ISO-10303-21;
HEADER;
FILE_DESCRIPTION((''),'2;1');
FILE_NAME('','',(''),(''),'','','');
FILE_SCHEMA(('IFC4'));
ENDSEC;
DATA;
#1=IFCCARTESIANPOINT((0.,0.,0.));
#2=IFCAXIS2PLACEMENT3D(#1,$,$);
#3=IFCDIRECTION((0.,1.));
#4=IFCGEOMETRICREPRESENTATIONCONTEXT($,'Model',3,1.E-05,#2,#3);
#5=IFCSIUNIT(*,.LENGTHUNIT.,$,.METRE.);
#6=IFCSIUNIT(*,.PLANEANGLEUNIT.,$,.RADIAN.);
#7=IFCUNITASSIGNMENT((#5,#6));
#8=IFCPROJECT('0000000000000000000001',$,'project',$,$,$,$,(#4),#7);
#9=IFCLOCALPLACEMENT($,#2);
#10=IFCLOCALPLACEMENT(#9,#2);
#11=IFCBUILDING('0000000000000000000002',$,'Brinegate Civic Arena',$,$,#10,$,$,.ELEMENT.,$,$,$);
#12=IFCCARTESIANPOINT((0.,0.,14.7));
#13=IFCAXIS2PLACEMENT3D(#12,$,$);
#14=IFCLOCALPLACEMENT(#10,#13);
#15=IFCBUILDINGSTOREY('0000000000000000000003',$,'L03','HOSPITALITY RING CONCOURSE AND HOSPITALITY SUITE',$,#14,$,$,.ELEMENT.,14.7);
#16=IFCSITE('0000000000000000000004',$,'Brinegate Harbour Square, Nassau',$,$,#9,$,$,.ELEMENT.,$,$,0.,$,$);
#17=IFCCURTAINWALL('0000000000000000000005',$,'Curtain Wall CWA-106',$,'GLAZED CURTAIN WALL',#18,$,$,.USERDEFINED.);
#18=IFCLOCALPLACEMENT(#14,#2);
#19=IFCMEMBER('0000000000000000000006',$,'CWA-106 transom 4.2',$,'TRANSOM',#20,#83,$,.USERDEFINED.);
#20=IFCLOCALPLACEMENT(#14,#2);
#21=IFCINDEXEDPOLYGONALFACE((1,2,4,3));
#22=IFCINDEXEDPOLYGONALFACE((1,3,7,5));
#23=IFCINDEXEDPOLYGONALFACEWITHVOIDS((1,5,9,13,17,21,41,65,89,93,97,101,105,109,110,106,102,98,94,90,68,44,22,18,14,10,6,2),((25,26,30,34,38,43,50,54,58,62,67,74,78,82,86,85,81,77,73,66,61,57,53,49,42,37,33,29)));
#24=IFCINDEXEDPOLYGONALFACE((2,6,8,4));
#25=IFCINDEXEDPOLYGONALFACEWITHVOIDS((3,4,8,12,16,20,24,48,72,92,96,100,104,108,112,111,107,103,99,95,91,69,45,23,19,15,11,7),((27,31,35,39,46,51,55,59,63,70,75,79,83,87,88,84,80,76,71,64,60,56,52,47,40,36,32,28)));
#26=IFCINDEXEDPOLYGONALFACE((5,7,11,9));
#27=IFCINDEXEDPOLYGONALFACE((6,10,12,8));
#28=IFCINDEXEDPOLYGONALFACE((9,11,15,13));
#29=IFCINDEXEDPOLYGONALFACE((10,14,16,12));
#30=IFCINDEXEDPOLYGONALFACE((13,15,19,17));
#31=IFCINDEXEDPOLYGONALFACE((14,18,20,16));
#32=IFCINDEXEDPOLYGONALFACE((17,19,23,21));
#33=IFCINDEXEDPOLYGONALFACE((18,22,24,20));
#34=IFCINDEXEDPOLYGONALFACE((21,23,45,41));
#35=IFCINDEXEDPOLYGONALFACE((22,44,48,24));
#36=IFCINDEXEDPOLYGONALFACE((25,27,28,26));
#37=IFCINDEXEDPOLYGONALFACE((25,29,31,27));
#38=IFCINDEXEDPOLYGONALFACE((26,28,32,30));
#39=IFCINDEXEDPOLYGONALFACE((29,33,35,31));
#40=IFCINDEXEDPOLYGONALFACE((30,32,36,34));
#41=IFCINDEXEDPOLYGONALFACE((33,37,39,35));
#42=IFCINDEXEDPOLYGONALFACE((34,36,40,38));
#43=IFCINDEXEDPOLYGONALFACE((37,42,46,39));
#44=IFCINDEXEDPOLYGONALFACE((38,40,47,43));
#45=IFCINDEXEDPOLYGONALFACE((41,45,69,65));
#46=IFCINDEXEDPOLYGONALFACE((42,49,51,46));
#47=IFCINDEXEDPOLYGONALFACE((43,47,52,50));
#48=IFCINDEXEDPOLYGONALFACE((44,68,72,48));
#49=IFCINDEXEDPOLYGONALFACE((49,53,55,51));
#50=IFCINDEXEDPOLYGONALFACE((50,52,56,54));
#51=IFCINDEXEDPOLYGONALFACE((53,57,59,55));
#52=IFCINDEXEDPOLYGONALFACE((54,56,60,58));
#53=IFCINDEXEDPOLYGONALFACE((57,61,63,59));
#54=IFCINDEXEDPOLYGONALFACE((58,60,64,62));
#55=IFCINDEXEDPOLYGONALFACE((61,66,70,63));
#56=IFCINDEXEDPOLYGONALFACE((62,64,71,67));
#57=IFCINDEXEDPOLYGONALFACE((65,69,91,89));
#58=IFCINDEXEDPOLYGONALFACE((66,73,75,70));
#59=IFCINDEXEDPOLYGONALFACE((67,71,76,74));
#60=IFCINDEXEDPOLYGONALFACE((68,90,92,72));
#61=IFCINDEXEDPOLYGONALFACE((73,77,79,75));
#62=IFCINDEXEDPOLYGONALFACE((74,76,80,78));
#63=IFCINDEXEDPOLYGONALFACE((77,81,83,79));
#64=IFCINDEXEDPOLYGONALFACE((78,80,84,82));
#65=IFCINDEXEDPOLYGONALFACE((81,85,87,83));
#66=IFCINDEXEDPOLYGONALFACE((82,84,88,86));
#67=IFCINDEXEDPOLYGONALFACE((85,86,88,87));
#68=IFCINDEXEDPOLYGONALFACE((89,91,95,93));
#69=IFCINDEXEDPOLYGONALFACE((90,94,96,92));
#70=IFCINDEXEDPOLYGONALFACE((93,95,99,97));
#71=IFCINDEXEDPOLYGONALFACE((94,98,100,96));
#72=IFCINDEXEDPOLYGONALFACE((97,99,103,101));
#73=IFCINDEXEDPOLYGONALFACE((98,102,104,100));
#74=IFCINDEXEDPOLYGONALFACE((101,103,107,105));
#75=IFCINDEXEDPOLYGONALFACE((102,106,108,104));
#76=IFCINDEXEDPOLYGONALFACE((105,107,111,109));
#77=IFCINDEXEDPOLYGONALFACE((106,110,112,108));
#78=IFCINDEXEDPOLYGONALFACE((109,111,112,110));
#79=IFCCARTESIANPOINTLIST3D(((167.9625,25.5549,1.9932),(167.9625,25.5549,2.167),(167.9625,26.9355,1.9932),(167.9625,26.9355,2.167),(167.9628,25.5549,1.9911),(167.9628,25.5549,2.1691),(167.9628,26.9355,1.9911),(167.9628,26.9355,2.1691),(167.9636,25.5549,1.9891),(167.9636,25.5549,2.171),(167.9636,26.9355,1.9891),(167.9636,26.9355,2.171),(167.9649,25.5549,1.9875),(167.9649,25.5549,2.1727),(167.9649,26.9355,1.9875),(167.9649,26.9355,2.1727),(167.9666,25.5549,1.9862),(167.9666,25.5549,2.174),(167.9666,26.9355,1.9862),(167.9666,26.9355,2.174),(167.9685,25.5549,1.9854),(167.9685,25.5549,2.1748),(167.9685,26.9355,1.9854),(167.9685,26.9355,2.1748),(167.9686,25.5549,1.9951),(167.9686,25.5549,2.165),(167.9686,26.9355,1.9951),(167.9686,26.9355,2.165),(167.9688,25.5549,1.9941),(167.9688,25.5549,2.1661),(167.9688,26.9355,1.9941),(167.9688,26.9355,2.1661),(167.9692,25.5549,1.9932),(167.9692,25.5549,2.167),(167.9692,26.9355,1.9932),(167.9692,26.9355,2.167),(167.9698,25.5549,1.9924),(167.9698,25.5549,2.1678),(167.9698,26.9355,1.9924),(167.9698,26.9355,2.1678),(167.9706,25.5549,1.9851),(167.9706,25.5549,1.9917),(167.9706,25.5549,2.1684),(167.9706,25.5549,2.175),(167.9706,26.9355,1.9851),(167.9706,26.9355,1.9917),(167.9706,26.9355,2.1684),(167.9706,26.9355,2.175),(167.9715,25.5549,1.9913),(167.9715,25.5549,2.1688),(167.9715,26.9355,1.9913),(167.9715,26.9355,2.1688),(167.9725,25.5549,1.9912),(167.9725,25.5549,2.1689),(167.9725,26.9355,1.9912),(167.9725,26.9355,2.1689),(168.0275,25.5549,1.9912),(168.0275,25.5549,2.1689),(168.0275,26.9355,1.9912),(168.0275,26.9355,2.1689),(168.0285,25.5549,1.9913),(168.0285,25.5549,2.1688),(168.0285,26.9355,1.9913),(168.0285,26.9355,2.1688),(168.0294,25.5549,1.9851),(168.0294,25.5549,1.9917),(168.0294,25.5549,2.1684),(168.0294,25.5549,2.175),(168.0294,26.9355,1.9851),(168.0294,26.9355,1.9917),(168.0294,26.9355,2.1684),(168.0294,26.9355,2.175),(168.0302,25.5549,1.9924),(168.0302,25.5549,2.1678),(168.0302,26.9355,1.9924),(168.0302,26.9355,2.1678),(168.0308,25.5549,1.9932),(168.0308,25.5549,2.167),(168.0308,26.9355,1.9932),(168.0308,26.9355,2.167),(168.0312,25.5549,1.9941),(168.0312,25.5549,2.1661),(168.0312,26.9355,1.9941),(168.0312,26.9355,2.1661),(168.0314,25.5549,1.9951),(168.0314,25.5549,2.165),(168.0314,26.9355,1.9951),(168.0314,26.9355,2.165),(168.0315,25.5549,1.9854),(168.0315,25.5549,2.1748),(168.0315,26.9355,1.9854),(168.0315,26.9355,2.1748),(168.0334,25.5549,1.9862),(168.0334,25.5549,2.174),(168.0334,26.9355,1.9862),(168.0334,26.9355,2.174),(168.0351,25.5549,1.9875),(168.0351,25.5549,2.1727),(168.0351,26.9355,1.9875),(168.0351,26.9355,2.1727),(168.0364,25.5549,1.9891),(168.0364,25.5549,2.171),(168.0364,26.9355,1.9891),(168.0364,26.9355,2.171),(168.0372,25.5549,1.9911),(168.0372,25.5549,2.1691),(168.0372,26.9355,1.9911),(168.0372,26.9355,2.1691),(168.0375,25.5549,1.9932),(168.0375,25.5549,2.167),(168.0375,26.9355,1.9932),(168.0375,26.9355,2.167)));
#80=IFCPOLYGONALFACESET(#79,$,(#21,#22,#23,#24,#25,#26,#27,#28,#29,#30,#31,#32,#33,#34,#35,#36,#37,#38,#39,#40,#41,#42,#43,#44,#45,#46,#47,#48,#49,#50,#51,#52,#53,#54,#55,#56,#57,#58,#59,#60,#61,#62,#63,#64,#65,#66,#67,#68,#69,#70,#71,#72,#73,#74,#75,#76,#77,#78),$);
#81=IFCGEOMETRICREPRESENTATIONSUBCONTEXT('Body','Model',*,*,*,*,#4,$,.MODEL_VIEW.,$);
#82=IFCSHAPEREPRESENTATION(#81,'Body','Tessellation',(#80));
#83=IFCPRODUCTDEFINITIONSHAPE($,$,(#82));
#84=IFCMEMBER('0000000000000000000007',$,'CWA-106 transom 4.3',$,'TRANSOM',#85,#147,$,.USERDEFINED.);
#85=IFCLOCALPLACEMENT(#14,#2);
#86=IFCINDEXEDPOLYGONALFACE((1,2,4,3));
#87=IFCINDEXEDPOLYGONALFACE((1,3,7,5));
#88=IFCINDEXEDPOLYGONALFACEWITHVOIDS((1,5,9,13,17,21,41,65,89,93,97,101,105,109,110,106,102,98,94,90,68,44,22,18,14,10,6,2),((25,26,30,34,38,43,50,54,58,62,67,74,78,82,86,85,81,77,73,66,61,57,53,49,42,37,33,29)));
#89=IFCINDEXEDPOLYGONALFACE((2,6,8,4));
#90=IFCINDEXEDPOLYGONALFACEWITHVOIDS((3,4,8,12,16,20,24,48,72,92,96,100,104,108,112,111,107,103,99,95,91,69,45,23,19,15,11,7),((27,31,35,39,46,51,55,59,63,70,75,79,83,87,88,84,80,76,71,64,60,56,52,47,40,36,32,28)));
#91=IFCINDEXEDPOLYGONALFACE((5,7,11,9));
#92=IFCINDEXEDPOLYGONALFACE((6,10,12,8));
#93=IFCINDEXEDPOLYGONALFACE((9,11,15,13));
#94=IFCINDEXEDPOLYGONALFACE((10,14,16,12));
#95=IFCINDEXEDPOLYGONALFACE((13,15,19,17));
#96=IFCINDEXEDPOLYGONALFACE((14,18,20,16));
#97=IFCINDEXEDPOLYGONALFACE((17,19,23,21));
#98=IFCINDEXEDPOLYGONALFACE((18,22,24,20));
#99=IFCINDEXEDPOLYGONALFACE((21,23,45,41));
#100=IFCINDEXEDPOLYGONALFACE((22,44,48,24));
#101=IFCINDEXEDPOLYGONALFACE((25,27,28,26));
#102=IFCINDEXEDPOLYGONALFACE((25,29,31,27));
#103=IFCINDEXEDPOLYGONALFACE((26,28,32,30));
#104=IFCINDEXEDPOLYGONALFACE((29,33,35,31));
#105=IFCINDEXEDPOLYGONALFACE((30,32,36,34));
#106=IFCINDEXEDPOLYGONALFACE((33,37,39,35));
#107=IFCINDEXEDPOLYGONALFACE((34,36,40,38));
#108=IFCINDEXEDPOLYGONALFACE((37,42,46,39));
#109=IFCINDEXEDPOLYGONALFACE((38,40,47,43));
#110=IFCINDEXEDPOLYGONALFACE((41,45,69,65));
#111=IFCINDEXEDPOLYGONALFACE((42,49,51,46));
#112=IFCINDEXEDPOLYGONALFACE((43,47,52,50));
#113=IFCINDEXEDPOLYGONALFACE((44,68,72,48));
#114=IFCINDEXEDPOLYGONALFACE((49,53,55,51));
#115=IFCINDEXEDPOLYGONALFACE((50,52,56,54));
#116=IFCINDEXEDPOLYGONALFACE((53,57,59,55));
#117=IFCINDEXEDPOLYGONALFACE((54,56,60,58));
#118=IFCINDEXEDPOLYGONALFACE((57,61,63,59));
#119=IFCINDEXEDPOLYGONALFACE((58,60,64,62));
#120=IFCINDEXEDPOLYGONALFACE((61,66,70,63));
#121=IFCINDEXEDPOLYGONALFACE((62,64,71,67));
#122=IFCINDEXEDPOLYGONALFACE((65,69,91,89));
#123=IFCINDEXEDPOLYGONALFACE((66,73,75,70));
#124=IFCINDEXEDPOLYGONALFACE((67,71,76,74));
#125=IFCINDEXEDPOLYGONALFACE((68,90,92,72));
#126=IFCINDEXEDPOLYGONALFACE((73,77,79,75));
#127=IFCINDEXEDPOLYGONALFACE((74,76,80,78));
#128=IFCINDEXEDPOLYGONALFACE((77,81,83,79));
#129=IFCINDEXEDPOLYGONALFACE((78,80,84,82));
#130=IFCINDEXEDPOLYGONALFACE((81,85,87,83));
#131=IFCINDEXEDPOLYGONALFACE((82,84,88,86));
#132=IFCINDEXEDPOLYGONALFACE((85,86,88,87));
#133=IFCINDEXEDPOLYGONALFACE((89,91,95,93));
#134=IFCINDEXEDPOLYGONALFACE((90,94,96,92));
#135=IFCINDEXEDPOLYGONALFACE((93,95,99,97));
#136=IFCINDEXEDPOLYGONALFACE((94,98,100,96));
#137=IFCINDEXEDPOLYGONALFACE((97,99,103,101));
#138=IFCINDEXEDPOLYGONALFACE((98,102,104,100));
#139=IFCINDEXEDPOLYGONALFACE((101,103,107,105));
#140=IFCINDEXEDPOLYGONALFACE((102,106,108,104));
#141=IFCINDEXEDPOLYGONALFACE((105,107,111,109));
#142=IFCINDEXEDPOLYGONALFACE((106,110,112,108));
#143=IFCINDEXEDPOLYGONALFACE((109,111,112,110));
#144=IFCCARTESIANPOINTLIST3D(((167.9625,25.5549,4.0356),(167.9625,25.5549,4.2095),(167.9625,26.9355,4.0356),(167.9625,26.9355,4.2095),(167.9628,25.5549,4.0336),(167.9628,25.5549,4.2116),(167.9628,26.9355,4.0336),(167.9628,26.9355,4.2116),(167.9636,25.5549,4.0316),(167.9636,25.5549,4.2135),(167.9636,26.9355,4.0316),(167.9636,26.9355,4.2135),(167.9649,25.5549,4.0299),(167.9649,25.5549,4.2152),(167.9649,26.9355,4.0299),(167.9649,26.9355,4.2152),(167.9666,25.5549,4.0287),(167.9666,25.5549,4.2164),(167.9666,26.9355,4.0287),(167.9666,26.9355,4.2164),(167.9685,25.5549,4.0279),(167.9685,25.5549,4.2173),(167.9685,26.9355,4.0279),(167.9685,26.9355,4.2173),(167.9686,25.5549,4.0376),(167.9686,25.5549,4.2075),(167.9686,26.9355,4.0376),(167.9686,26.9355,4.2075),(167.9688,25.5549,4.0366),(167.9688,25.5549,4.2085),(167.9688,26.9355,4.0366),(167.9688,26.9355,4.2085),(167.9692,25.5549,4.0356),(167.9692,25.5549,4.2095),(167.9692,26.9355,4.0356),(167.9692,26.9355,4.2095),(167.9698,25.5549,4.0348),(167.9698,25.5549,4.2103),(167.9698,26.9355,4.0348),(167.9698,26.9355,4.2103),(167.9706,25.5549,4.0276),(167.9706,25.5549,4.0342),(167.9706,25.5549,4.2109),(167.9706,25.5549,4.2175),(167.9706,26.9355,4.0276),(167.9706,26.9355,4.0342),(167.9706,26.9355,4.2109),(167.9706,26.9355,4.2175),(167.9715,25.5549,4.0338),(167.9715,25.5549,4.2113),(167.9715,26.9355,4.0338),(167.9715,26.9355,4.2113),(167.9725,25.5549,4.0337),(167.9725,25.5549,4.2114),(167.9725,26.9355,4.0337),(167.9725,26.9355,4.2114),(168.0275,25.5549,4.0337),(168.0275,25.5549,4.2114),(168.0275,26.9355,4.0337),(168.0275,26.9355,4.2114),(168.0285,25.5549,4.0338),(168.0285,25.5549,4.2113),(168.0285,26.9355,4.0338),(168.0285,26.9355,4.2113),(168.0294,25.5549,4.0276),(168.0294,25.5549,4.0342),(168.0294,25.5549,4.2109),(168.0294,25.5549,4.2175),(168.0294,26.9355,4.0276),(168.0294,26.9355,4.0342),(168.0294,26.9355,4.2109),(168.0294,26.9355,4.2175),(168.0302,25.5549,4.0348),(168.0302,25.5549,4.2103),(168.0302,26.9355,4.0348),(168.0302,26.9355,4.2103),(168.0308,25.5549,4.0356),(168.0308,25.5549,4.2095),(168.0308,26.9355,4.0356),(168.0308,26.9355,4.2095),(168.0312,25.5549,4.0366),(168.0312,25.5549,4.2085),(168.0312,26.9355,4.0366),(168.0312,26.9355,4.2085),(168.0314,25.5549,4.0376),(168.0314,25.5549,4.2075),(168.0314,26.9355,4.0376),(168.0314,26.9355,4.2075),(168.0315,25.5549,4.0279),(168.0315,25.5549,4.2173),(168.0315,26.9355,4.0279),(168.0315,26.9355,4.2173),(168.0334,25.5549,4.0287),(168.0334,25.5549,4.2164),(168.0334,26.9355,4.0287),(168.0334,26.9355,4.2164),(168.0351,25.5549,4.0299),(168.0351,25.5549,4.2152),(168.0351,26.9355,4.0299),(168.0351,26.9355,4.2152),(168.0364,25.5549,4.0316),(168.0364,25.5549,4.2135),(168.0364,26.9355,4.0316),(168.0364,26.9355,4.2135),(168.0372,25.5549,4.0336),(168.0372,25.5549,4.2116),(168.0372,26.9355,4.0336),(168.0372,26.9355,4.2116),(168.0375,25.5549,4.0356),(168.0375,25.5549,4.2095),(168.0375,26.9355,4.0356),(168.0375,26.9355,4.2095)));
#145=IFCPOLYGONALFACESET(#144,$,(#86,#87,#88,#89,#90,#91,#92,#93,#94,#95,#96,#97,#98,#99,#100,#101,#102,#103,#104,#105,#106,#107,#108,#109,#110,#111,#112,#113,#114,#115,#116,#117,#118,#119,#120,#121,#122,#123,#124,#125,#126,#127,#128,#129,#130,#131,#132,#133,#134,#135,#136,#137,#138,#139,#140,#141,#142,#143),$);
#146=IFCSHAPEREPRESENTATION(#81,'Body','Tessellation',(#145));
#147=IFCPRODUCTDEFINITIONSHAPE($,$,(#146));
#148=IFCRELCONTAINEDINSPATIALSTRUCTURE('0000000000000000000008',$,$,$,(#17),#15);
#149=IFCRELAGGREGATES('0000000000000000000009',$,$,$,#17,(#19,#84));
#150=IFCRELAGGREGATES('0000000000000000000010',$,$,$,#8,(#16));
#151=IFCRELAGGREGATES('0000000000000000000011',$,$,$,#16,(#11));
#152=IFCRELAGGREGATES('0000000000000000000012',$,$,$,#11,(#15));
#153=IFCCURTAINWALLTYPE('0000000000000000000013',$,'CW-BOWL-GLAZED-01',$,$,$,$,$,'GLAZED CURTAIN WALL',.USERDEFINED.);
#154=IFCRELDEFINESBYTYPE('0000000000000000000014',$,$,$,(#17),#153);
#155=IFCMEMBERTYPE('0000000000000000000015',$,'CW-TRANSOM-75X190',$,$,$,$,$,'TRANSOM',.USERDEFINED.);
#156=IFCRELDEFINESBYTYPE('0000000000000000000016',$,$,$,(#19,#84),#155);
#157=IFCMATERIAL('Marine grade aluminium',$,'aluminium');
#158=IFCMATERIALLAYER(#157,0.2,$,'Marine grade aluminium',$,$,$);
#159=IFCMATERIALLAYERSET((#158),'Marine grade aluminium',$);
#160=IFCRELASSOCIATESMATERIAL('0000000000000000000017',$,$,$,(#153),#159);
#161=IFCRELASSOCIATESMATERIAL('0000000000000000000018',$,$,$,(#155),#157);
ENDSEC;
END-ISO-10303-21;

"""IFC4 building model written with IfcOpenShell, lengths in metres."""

from ifc_helpers import new_model, si_unit, direction, frame, origin, origin_2d, place, context, subcontext, project, spatial, hollow_rectangle, extrude, material, layer, layer_set, material_profile, profile_set, type_object, element, aggregate, save


model = new_model("IFC4")

# Units and contexts
model_context = context("Model", 3, precision=1e-05, world=origin(), true_north=direction((0.0, 1.0)))
body_context = subcontext(model_context, "Body", "Model", "MODEL_VIEW")
ifc_project = project(units=[si_unit("LENGTHUNIT", "METRE"), si_unit("PLANEANGLEUNIT", "RADIAN")], contexts=[model_context])

# Site, building, storey
site_placement = place(None, origin())
site = spatial("IfcSite", under=ifc_project, at=site_placement, Name="Brinegate Harbour Square, Nassau", CompositionType="ELEMENT", RefElevation=0.0)
building_placement = place(site_placement, origin())
building = spatial("IfcBuilding", under=site, at=building_placement, Name="Brinegate Civic Arena", CompositionType="ELEMENT")
storey_placement = place(building_placement, frame((0.0, 0.0, 14.7)))
storey = spatial("IfcBuildingStorey", under=building, at=storey_placement, Name="L03", Description="HOSPITALITY RING CONCOURSE AND HOSPITALITY SUITE", CompositionType="ELEMENT", Elevation=14.7)

# Shared definitions
ifc_material_1 = material(Name="Marine grade aluminium", Category="aluminium")
ifc_layer_1 = layer(ifc_material_1, 0.2, Name="Marine grade aluminium")
ifc_layer_set_1 = layer_set([ifc_layer_1], Name="Marine grade aluminium")
curtain_wall_type = type_object("IfcCurtainWallType", Name="CW-BOWL-GLAZED-01", ElementType="GLAZED CURTAIN WALL", PredefinedType="USERDEFINED", material=ifc_layer_set_1)

# Curtain wall, members
curtain_wall_1_placement = place(storey_placement, origin())
curtain_wall_1 = element("IfcCurtainWall", 1, at=curtain_wall_1_placement, inside=storey, type_object=curtain_wall_type, Name="Curtain Wall CWA-106", ObjectType="GLAZED CURTAIN WALL", PredefinedType="USERDEFINED")
ifc_material_profile_1 = material_profile(ifc_material_1, hollow_rectangle(XDim=0.075, YDim=0.1899, WallThickness=0.0061, InnerFilletRadius=0.0039, OuterFilletRadius=0.0081, at=origin_2d()), Name="TRN75X190")
ifc_profile_set_1 = profile_set([ifc_material_profile_1], Name="Marine grade aluminium")
member_type_1 = type_object("IfcMemberType", Name="CW-TRANSOM-75X190", ElementType="TRANSOM", PredefinedType="USERDEFINED", material=ifc_profile_set_1)
member_1_placement = place(storey_placement, frame((168.0, 25.5549, 2.0801), z_axis=(0.0, 1.0, 0.0), x_axis=(-1.0, 0.0, 0.0)))
member_1 = element("IfcMember", 2, at=member_1_placement, type_object=member_type_1, Name="CWA-106 transom 4.2", ObjectType="TRANSOM", PredefinedType="USERDEFINED", context=body_context, shape_type="SweptSolid", body=[
    extrude(hollow_rectangle(XDim=0.075, YDim=0.1899, WallThickness=0.0061, InnerFilletRadius=0.0039, OuterFilletRadius=0.0081, at=origin_2d()), origin(), (0.0, 0.0, 1.0), 1.3806),
])
member_2_placement = place(storey_placement, frame((168.0, 25.5549, 4.1226), z_axis=(0.0, 1.0, 0.0), x_axis=(-1.0, 0.0, 0.0)))
member_2 = element("IfcMember", 3, at=member_2_placement, type_object=member_type_1, Name="CWA-106 transom 4.3", ObjectType="TRANSOM", PredefinedType="USERDEFINED", context=body_context, shape_type="SweptSolid", body=[
    extrude(hollow_rectangle(XDim=0.075, YDim=0.1899, WallThickness=0.0061, InnerFilletRadius=0.0039, OuterFilletRadius=0.0081, at=origin_2d()), origin(), (0.0, 0.0, 1.0), 1.3806),
])

aggregate(curtain_wall_1, [member_1, member_2])

save(model, "model.ifc")
